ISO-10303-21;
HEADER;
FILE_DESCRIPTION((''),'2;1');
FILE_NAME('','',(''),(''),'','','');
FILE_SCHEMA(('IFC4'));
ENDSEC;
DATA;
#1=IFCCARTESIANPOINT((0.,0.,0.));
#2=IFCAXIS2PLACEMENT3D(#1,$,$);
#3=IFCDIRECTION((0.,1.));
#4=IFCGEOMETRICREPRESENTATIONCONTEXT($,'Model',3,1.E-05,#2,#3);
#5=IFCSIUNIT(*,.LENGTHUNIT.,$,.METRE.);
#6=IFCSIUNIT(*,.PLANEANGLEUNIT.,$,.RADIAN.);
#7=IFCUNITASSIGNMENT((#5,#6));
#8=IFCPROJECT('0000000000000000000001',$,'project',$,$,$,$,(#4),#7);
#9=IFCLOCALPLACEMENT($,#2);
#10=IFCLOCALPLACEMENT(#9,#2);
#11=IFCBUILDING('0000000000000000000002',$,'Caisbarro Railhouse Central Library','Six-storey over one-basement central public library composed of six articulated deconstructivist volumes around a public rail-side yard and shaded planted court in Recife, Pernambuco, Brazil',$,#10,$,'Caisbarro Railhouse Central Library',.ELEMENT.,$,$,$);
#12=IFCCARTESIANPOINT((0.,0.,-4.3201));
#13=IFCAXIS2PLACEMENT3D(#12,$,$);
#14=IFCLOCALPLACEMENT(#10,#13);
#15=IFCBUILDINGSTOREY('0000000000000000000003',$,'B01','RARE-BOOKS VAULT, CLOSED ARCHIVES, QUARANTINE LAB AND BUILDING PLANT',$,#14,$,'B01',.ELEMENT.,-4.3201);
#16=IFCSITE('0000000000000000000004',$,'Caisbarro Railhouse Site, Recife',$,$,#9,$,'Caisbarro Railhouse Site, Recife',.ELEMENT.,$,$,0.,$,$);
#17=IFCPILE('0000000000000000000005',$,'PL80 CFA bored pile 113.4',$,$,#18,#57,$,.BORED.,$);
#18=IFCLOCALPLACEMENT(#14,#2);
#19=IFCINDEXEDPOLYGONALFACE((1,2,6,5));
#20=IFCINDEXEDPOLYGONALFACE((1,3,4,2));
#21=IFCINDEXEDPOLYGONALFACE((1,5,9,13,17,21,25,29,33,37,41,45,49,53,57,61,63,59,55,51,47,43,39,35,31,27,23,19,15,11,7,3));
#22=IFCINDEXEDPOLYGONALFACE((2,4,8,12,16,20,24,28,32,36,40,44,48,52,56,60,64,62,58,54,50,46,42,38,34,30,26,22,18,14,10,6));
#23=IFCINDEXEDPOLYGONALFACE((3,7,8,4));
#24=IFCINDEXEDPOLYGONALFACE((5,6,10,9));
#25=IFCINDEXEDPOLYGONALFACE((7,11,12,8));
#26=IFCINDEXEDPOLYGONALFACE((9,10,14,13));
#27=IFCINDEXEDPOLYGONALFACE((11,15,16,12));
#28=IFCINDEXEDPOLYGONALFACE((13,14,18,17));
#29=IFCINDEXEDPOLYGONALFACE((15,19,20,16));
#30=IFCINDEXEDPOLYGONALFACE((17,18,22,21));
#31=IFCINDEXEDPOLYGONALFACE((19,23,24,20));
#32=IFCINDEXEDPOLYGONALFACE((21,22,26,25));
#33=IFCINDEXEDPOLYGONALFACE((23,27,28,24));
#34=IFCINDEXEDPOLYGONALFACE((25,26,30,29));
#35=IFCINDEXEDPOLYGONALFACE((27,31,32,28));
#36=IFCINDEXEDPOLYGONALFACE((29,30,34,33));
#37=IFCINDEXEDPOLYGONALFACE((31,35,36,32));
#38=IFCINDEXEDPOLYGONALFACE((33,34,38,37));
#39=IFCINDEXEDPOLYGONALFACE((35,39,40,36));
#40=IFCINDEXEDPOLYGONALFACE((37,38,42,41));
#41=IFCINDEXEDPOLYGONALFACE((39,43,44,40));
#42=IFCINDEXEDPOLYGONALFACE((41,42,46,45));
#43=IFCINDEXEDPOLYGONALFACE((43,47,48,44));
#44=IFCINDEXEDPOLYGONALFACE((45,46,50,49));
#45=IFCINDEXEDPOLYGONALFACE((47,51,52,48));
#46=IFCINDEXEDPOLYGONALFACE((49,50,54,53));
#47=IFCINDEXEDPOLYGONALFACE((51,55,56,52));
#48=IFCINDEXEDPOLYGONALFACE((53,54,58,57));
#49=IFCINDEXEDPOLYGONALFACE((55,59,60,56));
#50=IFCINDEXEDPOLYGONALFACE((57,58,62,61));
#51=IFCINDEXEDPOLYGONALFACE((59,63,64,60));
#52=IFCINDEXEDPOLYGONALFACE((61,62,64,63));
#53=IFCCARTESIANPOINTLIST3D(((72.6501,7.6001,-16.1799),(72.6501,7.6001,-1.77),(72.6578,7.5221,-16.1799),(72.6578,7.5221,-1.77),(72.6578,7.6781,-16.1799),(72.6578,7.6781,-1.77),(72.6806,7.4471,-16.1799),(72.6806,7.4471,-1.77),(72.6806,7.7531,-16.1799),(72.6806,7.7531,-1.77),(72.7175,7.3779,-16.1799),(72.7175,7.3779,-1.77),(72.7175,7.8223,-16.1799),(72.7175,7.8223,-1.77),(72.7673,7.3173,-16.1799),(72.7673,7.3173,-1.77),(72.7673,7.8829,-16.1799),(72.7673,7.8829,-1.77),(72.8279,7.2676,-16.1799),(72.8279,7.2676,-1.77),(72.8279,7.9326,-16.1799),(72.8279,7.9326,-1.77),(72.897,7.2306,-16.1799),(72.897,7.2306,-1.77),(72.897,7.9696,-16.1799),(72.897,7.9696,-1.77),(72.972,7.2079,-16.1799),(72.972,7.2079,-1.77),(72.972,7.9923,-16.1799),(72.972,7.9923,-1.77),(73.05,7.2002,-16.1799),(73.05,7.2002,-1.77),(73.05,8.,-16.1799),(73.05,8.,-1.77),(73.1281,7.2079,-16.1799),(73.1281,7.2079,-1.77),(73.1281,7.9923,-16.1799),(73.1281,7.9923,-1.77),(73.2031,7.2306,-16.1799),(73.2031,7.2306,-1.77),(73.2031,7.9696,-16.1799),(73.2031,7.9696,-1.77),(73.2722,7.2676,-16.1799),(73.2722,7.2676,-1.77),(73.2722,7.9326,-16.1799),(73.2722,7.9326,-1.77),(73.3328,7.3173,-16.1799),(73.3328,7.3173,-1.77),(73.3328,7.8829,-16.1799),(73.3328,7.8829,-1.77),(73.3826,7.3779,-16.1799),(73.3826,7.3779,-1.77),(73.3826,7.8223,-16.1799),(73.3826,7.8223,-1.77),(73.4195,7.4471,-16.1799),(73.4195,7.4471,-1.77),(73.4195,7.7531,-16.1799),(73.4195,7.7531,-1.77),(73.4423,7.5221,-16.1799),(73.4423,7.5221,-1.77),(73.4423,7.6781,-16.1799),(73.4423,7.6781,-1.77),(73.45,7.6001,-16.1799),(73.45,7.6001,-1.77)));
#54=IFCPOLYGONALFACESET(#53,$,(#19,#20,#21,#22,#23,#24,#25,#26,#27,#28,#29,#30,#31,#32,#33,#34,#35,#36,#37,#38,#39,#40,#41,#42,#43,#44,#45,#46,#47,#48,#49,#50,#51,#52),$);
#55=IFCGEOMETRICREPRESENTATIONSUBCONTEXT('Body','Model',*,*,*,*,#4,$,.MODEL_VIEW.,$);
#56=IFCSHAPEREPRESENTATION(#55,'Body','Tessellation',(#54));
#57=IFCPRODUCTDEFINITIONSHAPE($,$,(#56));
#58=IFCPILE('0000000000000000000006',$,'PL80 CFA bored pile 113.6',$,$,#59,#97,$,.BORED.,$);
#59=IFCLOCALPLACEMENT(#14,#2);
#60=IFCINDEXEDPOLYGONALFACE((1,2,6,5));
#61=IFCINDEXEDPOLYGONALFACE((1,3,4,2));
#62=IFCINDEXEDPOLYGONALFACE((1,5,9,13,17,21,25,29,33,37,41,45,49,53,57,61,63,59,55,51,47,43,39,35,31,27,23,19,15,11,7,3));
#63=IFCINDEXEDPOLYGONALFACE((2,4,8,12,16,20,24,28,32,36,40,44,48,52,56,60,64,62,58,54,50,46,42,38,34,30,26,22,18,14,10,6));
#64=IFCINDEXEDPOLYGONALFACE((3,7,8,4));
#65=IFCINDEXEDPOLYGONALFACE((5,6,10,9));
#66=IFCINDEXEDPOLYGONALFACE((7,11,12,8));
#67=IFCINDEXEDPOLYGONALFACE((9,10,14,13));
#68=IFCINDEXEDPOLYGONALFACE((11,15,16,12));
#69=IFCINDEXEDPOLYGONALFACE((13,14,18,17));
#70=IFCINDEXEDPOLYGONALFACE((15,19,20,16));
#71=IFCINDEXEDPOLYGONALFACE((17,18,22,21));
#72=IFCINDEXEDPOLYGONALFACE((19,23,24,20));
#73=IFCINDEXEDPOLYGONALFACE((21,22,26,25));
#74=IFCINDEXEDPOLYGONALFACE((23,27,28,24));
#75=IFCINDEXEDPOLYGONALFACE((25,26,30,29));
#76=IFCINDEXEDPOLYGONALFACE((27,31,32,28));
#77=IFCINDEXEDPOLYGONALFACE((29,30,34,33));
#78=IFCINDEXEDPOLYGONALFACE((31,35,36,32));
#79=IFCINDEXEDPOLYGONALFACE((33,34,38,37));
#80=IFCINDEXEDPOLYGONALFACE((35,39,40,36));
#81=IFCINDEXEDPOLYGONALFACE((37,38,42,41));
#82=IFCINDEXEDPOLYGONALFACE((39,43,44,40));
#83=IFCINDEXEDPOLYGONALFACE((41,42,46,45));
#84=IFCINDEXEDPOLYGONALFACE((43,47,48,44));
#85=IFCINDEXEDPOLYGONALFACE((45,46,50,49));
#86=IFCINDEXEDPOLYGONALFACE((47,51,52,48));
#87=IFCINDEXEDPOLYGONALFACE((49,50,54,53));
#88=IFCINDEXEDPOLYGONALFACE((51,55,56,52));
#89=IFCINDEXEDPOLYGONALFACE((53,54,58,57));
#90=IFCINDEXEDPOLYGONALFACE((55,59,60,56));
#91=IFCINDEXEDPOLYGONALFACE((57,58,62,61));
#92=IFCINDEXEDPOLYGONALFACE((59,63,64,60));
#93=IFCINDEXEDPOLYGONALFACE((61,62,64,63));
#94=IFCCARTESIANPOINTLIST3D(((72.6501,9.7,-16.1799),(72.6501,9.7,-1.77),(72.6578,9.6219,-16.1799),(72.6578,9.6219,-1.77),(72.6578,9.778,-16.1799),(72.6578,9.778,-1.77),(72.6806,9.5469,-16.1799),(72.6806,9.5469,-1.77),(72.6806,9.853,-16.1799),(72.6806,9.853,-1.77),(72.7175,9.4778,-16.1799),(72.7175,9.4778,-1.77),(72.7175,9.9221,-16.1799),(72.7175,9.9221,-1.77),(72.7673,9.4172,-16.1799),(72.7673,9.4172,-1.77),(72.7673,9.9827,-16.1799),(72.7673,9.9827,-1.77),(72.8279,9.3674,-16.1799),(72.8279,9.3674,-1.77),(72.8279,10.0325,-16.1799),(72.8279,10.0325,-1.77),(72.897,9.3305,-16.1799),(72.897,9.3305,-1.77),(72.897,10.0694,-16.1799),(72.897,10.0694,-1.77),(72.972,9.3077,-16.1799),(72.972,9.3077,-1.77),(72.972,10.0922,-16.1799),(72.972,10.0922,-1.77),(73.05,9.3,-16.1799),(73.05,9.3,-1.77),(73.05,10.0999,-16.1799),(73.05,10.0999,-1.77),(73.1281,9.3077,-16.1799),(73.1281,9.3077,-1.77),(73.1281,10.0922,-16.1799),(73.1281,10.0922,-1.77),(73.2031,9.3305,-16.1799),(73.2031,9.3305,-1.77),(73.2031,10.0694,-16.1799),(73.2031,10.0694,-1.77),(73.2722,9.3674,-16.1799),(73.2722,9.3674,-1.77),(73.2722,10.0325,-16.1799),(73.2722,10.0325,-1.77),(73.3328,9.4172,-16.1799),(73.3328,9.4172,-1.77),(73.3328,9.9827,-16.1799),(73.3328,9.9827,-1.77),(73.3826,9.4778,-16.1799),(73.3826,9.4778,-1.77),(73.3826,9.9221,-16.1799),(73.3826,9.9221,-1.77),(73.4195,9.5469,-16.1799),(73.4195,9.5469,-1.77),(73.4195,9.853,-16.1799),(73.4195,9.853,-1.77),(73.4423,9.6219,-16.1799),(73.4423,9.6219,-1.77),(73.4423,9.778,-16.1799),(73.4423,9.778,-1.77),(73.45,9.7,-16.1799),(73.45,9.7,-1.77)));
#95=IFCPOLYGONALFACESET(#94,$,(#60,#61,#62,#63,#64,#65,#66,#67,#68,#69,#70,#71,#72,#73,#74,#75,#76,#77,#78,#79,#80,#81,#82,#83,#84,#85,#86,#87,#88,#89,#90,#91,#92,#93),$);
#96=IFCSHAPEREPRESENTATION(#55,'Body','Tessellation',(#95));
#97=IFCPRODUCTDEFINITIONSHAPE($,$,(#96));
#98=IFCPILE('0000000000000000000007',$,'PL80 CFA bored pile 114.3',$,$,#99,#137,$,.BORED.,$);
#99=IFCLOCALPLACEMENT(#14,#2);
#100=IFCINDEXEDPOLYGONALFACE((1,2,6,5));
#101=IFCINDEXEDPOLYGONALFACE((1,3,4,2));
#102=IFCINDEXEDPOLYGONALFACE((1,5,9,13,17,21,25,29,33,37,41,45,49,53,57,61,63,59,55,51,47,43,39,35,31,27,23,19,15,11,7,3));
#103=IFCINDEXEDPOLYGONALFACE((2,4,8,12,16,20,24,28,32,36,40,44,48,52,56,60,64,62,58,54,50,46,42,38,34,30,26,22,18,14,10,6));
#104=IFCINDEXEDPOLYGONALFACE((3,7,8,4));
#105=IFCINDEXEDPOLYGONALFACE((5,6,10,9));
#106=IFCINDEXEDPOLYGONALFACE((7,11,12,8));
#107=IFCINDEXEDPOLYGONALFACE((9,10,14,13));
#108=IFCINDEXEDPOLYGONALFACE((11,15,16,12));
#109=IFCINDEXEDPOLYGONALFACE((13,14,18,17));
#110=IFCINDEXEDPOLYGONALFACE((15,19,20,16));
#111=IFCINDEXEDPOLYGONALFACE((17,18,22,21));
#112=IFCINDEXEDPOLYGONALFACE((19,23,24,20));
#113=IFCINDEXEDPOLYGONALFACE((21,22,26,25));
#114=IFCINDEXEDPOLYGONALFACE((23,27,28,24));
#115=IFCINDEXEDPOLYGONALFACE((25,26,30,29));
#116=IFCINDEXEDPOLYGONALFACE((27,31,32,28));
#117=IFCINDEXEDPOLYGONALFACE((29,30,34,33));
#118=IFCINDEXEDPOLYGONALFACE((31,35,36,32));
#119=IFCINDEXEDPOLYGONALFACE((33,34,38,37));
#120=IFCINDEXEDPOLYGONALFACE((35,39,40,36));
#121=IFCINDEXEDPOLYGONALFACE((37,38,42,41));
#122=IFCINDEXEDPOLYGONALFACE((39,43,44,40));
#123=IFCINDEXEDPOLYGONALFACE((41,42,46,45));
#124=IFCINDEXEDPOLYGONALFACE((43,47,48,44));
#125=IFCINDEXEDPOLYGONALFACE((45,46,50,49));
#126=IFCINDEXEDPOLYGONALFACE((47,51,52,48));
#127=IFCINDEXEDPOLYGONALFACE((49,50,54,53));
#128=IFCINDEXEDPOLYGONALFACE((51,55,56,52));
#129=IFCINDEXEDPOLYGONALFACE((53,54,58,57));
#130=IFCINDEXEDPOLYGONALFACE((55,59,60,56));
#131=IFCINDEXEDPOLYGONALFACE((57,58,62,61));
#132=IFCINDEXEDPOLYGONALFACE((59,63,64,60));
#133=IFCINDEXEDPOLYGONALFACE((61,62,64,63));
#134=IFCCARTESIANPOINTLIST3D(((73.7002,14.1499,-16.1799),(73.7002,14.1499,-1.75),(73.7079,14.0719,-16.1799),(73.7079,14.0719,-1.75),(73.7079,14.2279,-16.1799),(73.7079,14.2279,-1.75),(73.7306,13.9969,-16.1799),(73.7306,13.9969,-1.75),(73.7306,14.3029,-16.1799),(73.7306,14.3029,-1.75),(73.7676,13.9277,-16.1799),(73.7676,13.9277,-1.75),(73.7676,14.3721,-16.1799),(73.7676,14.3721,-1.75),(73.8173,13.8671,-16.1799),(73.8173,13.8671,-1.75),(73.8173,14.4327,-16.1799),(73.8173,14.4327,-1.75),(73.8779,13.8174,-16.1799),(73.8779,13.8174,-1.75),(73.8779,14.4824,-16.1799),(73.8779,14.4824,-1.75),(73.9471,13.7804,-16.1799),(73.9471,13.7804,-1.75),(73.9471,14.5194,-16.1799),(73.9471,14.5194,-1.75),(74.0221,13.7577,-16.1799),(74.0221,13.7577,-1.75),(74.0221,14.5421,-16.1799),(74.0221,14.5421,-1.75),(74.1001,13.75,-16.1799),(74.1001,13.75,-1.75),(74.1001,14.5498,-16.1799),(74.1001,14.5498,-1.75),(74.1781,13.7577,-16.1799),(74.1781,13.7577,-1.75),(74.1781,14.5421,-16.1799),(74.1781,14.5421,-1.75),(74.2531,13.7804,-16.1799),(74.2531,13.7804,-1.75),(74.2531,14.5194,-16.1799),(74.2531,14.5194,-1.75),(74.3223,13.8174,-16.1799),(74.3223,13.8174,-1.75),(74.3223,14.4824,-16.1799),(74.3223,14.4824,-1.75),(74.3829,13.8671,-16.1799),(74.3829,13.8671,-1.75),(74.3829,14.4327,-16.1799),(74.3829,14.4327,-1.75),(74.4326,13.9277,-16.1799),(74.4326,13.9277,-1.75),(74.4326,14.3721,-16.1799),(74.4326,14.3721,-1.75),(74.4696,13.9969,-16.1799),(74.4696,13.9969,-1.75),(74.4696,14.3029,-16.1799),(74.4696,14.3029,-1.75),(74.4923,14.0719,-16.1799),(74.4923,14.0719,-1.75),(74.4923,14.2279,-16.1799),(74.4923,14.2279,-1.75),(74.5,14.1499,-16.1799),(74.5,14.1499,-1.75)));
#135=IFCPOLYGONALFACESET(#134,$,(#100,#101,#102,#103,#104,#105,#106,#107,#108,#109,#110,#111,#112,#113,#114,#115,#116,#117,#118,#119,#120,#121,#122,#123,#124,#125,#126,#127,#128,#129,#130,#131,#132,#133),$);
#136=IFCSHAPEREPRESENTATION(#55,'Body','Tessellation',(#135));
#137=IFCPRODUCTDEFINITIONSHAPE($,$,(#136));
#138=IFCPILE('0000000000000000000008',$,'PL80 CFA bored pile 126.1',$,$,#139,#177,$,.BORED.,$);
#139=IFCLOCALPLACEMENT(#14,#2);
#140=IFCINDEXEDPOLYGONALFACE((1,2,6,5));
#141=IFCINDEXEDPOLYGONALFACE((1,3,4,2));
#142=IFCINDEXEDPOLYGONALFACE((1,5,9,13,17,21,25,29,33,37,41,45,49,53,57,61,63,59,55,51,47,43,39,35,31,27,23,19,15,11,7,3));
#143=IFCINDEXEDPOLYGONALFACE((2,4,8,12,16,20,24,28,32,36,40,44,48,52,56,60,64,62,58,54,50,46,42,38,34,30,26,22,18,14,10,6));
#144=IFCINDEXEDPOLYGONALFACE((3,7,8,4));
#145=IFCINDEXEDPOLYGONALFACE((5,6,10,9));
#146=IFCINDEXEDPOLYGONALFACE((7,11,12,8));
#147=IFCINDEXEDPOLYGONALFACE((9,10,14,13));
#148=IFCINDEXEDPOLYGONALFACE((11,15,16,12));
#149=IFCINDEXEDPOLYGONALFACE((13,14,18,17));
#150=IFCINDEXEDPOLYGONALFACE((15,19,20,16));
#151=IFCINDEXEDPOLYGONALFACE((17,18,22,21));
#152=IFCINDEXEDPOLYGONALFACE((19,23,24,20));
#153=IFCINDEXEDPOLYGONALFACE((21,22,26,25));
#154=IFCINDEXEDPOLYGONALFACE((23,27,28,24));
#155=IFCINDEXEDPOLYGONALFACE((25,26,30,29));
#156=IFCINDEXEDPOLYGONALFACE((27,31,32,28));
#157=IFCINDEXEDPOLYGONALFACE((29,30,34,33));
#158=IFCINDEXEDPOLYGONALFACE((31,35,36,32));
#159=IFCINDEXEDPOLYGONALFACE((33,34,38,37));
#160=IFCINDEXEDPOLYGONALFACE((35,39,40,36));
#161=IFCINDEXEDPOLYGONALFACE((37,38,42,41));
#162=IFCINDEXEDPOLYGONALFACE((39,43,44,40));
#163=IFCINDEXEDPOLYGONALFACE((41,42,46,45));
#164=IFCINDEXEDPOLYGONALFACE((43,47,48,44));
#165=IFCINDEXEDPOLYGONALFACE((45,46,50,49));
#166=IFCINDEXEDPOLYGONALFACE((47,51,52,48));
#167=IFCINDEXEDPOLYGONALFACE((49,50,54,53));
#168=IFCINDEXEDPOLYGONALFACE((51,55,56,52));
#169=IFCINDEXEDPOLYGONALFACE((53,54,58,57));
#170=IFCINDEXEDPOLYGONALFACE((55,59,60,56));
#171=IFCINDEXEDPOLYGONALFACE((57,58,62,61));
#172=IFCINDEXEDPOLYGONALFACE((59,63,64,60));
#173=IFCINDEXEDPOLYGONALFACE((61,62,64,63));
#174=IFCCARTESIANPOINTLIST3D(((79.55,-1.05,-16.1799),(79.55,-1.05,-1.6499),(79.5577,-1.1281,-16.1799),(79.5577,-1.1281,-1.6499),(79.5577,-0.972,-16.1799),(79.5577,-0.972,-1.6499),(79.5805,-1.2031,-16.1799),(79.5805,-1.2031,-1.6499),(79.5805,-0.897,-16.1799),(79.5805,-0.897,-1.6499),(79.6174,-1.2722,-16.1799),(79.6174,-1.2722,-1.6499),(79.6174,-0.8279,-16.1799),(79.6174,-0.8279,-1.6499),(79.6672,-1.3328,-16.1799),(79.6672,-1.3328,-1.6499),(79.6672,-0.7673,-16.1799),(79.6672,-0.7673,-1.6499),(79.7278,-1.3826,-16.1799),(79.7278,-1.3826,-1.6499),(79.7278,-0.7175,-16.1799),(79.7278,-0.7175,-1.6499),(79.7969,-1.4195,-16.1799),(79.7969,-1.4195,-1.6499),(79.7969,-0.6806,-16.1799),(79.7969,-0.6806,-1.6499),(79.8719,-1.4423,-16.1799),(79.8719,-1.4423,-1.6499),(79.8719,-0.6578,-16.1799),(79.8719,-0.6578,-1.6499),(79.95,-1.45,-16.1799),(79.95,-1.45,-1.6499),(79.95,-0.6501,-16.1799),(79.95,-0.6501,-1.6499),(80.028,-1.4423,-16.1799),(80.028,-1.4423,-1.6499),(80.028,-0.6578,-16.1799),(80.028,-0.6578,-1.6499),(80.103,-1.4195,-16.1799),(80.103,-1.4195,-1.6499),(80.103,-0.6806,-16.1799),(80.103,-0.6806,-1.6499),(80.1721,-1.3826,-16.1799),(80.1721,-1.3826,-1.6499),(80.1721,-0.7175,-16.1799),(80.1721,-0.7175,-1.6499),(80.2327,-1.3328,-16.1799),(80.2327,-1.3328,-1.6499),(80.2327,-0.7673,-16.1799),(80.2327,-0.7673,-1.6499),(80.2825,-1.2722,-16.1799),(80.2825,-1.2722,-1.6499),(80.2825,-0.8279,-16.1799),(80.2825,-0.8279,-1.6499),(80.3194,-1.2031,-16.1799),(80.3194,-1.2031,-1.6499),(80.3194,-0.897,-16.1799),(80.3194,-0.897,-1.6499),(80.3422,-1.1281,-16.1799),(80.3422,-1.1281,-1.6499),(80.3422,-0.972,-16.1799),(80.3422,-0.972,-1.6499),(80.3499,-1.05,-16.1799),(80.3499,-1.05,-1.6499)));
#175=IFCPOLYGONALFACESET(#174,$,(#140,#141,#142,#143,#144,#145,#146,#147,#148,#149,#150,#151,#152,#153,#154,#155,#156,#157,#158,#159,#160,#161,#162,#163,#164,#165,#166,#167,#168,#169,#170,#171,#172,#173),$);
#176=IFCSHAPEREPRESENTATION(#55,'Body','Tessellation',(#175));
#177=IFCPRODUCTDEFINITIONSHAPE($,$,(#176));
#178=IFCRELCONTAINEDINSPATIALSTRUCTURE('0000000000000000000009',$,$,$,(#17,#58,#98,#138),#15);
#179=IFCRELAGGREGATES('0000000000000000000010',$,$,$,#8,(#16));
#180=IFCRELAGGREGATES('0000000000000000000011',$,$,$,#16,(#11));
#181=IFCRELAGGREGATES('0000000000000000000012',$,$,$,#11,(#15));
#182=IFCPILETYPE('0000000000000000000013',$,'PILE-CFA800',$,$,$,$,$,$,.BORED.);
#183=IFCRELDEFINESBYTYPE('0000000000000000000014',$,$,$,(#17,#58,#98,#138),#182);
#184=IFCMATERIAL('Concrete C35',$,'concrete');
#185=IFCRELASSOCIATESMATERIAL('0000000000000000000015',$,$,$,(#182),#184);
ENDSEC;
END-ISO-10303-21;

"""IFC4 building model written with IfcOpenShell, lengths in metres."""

from ifc_helpers import new_model, si_unit, direction, frame, origin, origin_2d, place, context, subcontext, project, spatial, circle, extrude, material, material_profile, profile_set, type_object, element, save


model = new_model("IFC4")

# Units and contexts
model_context = context("Model", 3, precision=1e-05, world=origin(), true_north=direction((0.0, 1.0)))
body_context = subcontext(model_context, "Body", "Model", "MODEL_VIEW")
ifc_project = project(units=[si_unit("LENGTHUNIT", "METRE"), si_unit("PLANEANGLEUNIT", "RADIAN")], contexts=[model_context])

# Site, building, storey
site_placement = place(None, origin())
site = spatial("IfcSite", under=ifc_project, at=site_placement, Name="Caisbarro Railhouse Site, Recife", LongName="Caisbarro Railhouse Site, Recife", CompositionType="ELEMENT", RefElevation=0.0)
building_placement = place(site_placement, origin())
building = spatial("IfcBuilding", under=site, at=building_placement, Name="Caisbarro Railhouse Central Library", Description="Six-storey over one-basement central public library composed of six articulated deconstructivist volumes around a public rail-side yard and shaded planted court in Recife, Pernambuco, Brazil", LongName="Caisbarro Railhouse Central Library", CompositionType="ELEMENT")
storey_placement = place(building_placement, frame((0.0, 0.0, -4.3201)))
storey = spatial("IfcBuildingStorey", under=building, at=storey_placement, Name="B01", Description="RARE-BOOKS VAULT, CLOSED ARCHIVES, QUARANTINE LAB AND BUILDING PLANT", LongName="B01", CompositionType="ELEMENT", Elevation=-4.3201)

# Piles
ifc_material_1 = material(Name="Concrete C35", Category="concrete")
ifc_material_profile_1 = material_profile(ifc_material_1, circle(Radius=0.3999, at=origin_2d()), Name="PILE-CFA-800")
ifc_profile_set_1 = profile_set([ifc_material_profile_1], Name="Concrete C35")
pile_type = type_object("IfcPileType", Name="PILE-CFA800", PredefinedType="BORED", material=ifc_profile_set_1)
for number, where, z_axis, x_axis, name in (
    (1, (73.05, 7.6001, -1.77), (0.0, 0.0, -1.0), (1.0, 0.0, 0.0), "PL80 CFA bored pile 113.4"),
    (2, (73.05, 9.7, -1.77), (0.0, 0.0, -1.0), (1.0, 0.0, 0.0), "PL80 CFA bored pile 113.6"),
):
    element("IfcPile", number, at=place(storey_placement, frame(where, z_axis=z_axis, x_axis=x_axis)), inside=storey, type_object=pile_type, Name=name, PredefinedType="BORED", context=body_context, shape_type="SweptSolid", body=[
        extrude(circle(Radius=0.3999, at=origin_2d()), origin(), (0.0, 0.0, 1.0), 14.4099),
    ])
pile_placement = place(storey_placement, frame((74.1001, 14.1499, -1.75), z_axis=(0.0, 0.0, -1.0), x_axis=(1.0, 0.0, 0.0)))
element("IfcPile", 3, at=pile_placement, inside=storey, type_object=pile_type, Name="PL80 CFA bored pile 114.3", PredefinedType="BORED", context=body_context, shape_type="SweptSolid", body=[
    extrude(circle(Radius=0.3999, at=origin_2d()), origin(), (0.0, 0.0, 1.0), 14.4299),
])
for number, where, z_axis, x_axis, name in (
    (4, (79.95, -1.05, -1.6499), (0.0, 0.0, -1.0), (1.0, 0.0, 0.0), "PL80 CFA bored pile 126.1"),
):
    element("IfcPile", number, at=place(storey_placement, frame(where, z_axis=z_axis, x_axis=x_axis)), inside=storey, type_object=pile_type, Name=name, PredefinedType="BORED", context=body_context, shape_type="SweptSolid", body=[
        extrude(circle(Radius=0.3999, at=origin_2d()), origin(), (0.0, 0.0, 1.0), 14.53),
    ])

save(model, "model.ifc")
